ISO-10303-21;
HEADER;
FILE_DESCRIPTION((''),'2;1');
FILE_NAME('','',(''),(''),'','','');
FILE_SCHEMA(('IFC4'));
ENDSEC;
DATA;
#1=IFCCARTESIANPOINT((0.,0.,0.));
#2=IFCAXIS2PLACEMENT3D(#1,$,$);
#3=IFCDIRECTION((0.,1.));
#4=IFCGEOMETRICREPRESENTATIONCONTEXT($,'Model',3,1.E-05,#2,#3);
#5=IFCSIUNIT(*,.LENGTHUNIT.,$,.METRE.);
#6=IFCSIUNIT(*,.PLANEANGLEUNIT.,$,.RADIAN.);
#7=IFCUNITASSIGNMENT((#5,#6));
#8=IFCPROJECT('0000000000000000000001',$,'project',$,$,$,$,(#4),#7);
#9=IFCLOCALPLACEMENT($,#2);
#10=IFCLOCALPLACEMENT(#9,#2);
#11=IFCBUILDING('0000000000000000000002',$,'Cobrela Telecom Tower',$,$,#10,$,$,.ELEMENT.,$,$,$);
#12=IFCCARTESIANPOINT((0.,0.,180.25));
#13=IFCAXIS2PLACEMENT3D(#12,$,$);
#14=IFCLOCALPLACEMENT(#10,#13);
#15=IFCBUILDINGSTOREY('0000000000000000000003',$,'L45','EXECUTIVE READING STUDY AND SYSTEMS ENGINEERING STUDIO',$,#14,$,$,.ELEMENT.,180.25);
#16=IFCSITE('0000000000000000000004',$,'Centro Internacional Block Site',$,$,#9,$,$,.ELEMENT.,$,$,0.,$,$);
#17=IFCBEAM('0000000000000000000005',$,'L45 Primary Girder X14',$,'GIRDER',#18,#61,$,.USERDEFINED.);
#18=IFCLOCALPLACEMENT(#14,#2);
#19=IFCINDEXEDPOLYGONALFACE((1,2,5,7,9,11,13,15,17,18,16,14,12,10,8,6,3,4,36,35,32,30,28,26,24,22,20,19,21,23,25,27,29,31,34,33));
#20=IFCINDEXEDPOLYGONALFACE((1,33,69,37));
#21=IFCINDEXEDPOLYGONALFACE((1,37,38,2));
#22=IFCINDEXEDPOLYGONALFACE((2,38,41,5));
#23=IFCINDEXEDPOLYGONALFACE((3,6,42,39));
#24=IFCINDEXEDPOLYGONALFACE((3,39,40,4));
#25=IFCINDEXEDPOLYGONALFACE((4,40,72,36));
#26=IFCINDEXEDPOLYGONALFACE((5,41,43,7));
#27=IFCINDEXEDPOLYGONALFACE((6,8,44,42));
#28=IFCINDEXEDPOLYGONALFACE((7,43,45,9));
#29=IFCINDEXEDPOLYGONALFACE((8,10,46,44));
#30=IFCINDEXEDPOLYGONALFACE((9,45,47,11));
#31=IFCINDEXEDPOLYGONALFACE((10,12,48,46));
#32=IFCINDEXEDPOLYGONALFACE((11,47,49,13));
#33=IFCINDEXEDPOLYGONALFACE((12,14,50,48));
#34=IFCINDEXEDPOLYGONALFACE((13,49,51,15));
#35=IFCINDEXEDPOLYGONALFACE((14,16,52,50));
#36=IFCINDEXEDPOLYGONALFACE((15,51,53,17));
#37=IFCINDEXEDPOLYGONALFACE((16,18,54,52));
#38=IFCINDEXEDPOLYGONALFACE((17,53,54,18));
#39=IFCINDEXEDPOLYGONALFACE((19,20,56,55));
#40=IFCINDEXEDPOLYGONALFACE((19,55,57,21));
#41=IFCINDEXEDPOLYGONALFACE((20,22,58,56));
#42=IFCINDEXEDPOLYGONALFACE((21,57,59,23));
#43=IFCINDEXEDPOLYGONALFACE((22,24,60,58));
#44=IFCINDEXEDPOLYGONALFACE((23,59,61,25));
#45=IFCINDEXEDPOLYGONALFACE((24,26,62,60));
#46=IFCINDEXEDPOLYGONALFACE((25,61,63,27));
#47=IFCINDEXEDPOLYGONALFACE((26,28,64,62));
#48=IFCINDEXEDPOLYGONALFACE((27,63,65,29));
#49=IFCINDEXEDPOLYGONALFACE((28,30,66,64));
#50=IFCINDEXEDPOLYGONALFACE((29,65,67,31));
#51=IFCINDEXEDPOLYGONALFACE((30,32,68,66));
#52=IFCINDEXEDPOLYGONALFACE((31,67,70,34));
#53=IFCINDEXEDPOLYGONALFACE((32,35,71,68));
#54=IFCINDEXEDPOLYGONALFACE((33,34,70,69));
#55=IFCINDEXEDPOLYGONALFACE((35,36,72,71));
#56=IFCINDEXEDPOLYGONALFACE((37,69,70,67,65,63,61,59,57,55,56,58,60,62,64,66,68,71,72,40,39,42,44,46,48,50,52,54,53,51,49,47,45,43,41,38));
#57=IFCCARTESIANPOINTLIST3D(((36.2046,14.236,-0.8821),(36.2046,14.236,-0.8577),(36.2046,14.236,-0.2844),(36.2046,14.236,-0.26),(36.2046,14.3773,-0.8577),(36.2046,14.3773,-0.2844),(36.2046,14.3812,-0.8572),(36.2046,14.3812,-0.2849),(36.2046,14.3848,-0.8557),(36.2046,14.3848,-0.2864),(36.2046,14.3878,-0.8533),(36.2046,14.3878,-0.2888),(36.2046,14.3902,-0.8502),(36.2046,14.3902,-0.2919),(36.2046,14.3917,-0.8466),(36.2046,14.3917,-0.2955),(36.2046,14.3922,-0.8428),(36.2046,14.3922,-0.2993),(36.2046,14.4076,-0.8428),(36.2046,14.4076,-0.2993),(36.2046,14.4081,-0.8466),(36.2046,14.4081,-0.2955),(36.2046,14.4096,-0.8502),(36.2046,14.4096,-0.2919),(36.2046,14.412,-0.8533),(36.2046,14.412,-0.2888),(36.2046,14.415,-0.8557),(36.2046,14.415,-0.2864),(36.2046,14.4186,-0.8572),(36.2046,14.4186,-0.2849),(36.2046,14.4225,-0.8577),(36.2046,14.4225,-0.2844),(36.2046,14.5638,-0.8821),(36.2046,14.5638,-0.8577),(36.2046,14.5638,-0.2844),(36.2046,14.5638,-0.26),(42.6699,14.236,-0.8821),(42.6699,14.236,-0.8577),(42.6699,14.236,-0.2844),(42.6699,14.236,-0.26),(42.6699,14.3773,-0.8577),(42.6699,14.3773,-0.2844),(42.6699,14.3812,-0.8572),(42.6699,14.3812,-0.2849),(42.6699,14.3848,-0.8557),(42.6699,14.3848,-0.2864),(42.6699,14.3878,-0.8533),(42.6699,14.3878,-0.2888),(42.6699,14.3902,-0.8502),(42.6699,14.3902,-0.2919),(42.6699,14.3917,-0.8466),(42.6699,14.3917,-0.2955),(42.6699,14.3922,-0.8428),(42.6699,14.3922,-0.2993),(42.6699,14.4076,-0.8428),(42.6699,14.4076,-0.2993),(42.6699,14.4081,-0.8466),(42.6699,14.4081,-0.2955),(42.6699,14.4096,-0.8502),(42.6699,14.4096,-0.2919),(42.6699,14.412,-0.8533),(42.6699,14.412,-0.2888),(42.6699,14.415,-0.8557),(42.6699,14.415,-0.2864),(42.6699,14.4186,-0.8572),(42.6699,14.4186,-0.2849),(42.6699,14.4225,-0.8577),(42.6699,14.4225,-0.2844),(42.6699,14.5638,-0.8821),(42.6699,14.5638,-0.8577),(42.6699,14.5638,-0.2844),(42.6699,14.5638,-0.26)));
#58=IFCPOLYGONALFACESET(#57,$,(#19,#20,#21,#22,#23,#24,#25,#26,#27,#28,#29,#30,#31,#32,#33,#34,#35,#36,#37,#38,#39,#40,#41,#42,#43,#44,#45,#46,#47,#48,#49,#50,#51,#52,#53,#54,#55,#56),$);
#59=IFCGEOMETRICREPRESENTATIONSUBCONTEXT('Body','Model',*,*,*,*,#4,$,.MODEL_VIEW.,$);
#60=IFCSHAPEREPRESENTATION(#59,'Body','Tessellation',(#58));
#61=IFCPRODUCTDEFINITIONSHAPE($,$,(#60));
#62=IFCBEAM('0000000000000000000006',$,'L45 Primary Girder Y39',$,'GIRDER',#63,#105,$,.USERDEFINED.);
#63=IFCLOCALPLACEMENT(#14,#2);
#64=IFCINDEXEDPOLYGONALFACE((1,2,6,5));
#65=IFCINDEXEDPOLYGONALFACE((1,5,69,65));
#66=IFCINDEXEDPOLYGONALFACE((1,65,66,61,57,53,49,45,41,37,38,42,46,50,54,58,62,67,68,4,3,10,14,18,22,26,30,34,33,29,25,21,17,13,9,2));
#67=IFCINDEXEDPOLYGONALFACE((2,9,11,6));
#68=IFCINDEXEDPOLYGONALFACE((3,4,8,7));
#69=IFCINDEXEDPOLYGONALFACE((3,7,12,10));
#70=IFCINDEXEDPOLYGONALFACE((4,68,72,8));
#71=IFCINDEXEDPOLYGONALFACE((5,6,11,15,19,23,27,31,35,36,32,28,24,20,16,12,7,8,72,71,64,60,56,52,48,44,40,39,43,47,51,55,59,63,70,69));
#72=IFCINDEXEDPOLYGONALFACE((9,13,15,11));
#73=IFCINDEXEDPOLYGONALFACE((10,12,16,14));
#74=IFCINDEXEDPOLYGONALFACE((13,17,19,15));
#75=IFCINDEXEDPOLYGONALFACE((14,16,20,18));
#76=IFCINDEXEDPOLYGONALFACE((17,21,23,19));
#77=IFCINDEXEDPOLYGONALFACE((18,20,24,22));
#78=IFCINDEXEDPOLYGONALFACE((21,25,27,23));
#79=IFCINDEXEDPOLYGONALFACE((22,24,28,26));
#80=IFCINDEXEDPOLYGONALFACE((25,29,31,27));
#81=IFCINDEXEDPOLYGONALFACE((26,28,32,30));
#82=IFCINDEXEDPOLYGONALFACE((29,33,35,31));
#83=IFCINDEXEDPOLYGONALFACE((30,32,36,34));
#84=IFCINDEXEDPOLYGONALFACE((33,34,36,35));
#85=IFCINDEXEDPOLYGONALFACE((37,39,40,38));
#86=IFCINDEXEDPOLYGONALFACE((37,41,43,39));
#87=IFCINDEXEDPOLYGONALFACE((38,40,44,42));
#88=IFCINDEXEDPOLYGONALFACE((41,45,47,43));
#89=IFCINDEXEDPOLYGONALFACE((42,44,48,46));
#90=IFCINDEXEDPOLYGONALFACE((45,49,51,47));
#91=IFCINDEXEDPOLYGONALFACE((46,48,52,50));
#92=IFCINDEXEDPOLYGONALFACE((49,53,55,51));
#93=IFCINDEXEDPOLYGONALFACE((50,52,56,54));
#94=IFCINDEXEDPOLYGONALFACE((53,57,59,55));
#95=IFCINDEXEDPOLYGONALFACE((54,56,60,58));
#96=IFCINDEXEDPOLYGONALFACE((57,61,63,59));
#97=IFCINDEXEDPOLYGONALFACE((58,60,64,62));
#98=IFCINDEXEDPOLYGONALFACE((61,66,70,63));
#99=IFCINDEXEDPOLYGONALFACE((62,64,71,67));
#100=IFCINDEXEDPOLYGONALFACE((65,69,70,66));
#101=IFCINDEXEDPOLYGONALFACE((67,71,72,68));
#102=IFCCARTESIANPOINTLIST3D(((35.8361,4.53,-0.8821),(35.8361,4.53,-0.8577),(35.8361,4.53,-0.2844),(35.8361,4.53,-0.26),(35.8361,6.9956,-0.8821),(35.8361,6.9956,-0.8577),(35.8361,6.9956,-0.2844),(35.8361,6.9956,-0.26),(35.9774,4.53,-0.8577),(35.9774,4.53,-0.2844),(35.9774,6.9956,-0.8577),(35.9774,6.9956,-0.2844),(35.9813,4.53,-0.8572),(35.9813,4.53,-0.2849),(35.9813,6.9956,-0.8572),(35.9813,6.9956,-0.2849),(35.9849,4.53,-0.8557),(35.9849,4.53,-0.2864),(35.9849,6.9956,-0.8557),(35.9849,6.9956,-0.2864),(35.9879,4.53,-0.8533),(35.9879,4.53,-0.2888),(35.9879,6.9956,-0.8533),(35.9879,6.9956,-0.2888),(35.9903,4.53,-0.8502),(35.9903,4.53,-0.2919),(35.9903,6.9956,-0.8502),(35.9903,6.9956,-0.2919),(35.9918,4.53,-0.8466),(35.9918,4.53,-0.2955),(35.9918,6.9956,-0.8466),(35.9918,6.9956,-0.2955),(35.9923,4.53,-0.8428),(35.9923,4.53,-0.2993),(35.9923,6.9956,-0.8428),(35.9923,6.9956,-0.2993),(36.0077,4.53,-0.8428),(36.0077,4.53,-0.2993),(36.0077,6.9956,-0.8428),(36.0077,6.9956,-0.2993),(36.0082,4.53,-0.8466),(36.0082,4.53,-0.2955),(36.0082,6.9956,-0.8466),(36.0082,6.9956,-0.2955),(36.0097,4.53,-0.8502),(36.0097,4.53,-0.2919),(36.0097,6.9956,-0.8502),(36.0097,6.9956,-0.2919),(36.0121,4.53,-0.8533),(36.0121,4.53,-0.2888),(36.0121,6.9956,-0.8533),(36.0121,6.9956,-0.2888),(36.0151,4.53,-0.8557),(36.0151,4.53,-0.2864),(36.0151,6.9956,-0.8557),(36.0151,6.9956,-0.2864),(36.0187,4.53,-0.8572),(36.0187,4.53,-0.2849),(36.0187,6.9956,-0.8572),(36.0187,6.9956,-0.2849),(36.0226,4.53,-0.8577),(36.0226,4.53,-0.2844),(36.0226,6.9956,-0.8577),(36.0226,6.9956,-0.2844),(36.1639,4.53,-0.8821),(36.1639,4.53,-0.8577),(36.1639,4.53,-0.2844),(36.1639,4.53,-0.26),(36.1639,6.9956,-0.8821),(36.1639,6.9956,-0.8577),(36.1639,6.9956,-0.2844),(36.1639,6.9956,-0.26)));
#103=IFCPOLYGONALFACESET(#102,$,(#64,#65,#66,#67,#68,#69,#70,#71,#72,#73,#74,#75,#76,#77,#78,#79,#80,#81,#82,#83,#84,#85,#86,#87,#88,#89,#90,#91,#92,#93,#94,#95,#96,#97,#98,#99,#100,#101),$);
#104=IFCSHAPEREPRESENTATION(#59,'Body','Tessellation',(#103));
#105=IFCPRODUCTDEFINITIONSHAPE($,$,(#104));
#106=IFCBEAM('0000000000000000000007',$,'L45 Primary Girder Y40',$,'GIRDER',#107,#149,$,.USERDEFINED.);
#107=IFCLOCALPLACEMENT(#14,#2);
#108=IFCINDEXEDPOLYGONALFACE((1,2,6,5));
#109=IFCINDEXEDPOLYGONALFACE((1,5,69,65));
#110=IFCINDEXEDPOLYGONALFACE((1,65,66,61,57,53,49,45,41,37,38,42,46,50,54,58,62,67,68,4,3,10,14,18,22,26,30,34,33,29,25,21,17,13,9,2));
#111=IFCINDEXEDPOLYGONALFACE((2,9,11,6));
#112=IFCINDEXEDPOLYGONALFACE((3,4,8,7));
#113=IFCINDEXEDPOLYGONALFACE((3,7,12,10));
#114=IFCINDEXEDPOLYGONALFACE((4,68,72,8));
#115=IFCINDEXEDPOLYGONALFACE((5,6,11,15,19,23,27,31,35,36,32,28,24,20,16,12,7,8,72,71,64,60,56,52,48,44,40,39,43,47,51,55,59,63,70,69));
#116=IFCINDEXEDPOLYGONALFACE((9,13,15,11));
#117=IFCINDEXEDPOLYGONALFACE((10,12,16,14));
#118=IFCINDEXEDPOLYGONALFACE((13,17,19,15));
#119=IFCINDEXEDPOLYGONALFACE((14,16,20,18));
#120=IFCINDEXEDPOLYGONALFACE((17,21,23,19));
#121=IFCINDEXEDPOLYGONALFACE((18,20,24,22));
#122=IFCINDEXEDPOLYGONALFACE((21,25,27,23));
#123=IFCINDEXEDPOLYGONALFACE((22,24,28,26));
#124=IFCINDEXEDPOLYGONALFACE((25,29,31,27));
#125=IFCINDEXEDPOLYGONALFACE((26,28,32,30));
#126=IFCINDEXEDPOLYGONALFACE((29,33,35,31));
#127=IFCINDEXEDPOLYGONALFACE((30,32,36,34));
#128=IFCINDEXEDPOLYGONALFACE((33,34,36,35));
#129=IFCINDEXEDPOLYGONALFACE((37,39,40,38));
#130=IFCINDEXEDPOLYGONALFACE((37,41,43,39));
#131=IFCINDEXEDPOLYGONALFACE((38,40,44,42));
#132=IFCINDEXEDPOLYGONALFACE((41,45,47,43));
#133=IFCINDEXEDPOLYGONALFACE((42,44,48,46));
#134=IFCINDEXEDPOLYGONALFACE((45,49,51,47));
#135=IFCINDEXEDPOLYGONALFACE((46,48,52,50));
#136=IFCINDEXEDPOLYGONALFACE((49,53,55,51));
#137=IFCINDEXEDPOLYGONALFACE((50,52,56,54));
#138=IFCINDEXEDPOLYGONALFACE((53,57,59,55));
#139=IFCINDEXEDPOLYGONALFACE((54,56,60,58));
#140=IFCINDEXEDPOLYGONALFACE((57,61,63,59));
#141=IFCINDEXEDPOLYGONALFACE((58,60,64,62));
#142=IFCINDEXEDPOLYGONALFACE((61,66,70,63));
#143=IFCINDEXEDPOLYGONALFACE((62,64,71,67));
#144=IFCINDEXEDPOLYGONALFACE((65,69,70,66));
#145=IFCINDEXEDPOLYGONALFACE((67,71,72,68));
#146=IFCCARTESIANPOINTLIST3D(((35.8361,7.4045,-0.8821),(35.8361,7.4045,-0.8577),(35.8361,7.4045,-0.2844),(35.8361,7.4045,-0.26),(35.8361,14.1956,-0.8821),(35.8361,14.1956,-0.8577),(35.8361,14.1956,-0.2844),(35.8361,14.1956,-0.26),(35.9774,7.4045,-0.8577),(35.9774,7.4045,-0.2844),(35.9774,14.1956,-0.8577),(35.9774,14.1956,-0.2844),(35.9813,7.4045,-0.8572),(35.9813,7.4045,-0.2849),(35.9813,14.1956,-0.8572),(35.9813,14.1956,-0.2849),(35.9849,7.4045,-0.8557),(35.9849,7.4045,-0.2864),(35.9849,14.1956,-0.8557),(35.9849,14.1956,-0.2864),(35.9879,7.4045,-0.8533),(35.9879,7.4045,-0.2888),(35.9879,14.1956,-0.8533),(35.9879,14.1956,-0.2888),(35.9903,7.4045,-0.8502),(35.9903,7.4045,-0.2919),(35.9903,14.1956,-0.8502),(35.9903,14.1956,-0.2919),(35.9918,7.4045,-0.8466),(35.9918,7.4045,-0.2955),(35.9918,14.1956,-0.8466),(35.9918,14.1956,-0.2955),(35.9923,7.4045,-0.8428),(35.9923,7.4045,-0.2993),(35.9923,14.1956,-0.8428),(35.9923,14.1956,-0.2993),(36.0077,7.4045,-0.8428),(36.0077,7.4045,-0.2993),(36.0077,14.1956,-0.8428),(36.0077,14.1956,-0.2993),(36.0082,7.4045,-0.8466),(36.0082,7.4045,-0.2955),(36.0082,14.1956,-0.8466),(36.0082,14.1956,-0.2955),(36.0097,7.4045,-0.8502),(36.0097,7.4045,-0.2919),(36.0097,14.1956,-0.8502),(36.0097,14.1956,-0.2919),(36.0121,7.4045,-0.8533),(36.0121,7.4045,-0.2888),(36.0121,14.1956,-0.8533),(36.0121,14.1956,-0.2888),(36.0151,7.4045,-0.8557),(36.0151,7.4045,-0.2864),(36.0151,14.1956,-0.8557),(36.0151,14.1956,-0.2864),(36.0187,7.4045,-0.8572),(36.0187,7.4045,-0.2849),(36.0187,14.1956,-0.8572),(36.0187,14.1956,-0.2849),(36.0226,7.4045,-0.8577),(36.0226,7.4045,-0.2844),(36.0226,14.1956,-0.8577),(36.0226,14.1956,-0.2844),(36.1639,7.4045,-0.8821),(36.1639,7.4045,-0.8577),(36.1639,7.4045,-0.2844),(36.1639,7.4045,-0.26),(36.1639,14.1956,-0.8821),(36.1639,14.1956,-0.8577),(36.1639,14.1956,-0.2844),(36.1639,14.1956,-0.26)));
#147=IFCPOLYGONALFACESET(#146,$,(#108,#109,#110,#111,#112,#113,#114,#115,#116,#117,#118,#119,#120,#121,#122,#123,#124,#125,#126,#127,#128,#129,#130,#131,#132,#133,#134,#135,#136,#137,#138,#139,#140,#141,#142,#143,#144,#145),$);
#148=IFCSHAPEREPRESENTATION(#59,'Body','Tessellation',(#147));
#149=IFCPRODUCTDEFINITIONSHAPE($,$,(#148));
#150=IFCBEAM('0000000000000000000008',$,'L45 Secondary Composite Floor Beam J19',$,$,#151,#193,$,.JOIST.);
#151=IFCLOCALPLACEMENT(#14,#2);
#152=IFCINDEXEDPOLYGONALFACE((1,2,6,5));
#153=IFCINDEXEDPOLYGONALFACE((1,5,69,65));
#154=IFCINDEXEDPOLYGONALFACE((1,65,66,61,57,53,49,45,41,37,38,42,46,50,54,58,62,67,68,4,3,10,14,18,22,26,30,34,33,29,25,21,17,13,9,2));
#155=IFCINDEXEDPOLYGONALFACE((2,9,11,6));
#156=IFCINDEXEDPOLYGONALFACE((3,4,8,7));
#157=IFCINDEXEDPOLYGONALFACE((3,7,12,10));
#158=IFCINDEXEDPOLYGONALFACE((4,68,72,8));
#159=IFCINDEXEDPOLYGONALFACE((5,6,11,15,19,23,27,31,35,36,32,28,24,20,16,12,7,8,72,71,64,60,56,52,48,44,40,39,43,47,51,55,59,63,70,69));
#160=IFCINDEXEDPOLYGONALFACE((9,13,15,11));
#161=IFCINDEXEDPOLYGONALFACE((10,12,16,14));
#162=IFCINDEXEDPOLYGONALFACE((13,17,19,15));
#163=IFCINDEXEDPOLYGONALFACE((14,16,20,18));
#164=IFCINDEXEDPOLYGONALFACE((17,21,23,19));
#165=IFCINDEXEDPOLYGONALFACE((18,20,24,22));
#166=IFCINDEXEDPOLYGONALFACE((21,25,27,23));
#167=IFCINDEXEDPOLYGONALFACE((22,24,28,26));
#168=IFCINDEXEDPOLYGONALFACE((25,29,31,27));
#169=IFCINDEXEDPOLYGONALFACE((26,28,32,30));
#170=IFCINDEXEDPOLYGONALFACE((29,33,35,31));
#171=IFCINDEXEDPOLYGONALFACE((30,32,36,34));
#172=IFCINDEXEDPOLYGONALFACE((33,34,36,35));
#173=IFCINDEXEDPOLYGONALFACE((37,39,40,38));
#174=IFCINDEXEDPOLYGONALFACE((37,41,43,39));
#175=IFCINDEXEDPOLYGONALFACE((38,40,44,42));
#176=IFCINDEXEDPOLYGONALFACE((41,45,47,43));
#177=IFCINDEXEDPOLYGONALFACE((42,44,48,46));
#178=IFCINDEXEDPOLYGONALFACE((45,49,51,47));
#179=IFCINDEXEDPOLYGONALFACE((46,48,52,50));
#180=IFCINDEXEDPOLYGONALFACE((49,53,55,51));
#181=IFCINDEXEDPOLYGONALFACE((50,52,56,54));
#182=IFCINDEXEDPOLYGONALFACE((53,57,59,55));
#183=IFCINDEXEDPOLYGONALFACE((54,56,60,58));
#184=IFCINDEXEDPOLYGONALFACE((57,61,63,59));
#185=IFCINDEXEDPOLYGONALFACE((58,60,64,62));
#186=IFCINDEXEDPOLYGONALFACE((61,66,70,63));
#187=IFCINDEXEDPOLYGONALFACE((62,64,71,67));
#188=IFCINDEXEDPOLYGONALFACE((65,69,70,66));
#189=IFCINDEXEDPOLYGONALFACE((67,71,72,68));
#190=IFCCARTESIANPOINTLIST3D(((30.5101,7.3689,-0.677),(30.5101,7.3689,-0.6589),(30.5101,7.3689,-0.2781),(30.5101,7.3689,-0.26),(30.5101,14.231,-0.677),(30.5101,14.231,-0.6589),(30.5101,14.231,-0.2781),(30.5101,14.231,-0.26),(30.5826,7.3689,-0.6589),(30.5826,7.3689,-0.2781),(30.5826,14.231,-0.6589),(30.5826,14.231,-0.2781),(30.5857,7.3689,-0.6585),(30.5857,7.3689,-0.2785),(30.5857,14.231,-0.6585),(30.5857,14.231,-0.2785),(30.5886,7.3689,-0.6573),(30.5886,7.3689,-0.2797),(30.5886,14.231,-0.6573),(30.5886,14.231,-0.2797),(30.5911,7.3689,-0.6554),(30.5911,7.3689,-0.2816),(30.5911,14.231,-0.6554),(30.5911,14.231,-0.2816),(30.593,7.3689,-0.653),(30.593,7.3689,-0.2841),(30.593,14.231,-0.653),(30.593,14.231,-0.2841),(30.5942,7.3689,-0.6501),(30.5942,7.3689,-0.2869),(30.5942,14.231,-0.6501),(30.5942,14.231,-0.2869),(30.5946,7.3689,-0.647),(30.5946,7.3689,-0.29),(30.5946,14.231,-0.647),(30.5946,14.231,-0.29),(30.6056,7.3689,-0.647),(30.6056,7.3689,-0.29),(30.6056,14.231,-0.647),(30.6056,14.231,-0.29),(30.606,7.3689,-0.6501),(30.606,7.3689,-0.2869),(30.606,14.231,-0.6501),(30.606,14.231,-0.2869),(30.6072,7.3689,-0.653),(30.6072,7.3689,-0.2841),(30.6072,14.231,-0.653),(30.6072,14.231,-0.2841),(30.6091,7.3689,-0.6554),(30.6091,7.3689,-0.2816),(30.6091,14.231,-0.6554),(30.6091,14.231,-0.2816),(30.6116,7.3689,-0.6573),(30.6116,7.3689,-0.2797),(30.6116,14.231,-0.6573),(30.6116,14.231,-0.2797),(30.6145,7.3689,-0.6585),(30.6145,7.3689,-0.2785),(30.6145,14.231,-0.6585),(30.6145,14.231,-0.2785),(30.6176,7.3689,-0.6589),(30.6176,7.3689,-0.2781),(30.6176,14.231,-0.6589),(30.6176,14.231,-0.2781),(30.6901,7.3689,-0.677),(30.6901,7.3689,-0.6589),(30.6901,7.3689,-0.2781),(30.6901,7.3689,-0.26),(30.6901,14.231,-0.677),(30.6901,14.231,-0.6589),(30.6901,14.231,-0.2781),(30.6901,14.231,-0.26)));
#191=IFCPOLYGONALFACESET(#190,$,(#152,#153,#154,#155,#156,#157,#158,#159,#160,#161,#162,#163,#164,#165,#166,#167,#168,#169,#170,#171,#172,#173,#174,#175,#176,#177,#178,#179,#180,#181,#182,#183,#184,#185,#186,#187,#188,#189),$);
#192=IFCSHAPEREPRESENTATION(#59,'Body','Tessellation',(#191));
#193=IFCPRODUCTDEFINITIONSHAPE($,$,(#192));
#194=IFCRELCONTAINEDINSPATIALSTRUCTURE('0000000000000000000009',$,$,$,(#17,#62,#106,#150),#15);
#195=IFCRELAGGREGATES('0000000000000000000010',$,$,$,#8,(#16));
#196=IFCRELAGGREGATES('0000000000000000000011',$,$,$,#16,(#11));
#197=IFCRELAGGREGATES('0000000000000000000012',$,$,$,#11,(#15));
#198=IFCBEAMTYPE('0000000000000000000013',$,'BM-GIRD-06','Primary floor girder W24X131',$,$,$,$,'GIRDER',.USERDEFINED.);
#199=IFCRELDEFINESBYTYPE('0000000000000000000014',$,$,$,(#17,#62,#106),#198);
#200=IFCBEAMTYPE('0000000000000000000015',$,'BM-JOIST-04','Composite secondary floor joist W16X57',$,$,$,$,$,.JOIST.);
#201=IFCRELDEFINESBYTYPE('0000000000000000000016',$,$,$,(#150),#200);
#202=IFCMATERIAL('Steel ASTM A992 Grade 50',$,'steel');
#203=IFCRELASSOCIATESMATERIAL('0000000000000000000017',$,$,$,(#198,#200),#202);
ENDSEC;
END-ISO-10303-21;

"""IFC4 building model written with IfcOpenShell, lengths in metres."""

from ifc_helpers import new_model, si_unit, direction, frame, origin, origin_2d, place, context, subcontext, project, spatial, i_section, extrude, material, material_profile, profile_set, type_object, element, save


model = new_model("IFC4")

# Units and contexts
model_context = context("Model", 3, precision=1e-05, world=origin(), true_north=direction((0.0, 1.0)))
body_context = subcontext(model_context, "Body", "Model", "MODEL_VIEW")
ifc_project = project(units=[si_unit("LENGTHUNIT", "METRE"), si_unit("PLANEANGLEUNIT", "RADIAN")], contexts=[model_context])

# Site, building, storey
site_placement = place(None, origin())
site = spatial("IfcSite", under=ifc_project, at=site_placement, Name="Centro Internacional Block Site", CompositionType="ELEMENT", RefElevation=0.0)
building_placement = place(site_placement, origin())
building = spatial("IfcBuilding", under=site, at=building_placement, Name="Cobrela Telecom Tower", CompositionType="ELEMENT")
storey_placement = place(building_placement, frame((0.0, 0.0, 180.25)))
storey = spatial("IfcBuildingStorey", under=building, at=storey_placement, Name="L45", Description="EXECUTIVE READING STUDY AND SYSTEMS ENGINEERING STUDIO", CompositionType="ELEMENT", Elevation=180.25)

# Shared definitions
ifc_material_1 = material(Name="Steel ASTM A992 Grade 50", Category="steel")

# Beams
ifc_material_profile_1 = material_profile(ifc_material_1, i_section(OverallWidth=0.3279, OverallDepth=0.6221, WebThickness=0.0154, FlangeThickness=0.0244, FilletRadius=0.0149, at=origin_2d()), Name="W24X131")
ifc_profile_set_1 = profile_set([ifc_material_profile_1], Name="Steel ASTM A992 Grade 50")
beam_type_1 = type_object("IfcBeamType", Name="BM-GIRD-06", Description="Primary floor girder W24X131", ElementType="GIRDER", PredefinedType="USERDEFINED", material=ifc_profile_set_1)
for number, where, z_axis, x_axis, name in (
    (1, (36.2046, 14.3999, -0.571), (1.0, 0.0, 0.0), (0.0, 1.0, 0.0), "L45 Primary Girder X14"),
):
    element("IfcBeam", number, at=place(storey_placement, frame(where, z_axis=z_axis, x_axis=x_axis)), inside=storey, type_object=beam_type_1, Name=name, ObjectType="GIRDER", PredefinedType="USERDEFINED", context=body_context, shape_type="SweptSolid", body=[
        extrude(i_section(OverallWidth=0.3279, OverallDepth=0.6221, WebThickness=0.0154, FlangeThickness=0.0244, FilletRadius=0.0149, at=origin_2d()), origin(), (0.0, 0.0, 1.0), 6.4653),
    ])
beam_1_placement = place(storey_placement, frame((36.0, 4.53, -0.571), z_axis=(0.0, 1.0, 0.0), x_axis=(-1.0, 0.0, 0.0)))
element("IfcBeam", 2, at=beam_1_placement, inside=storey, type_object=beam_type_1, Name="L45 Primary Girder Y39", ObjectType="GIRDER", PredefinedType="USERDEFINED", context=body_context, shape_type="SweptSolid", body=[
    extrude(i_section(OverallWidth=0.3279, OverallDepth=0.6221, WebThickness=0.0154, FlangeThickness=0.0244, FilletRadius=0.0149, at=origin_2d()), origin(), (0.0, 0.0, 1.0), 2.4656),
])
beam_2_placement = place(storey_placement, frame((36.0, 7.4045, -0.571), z_axis=(0.0, 1.0, 0.0), x_axis=(-1.0, 0.0, 0.0)))
element("IfcBeam", 3, at=beam_2_placement, inside=storey, type_object=beam_type_1, Name="L45 Primary Girder Y40", ObjectType="GIRDER", PredefinedType="USERDEFINED", context=body_context, shape_type="SweptSolid", body=[
    extrude(i_section(OverallWidth=0.3279, OverallDepth=0.6221, WebThickness=0.0154, FlangeThickness=0.0244, FilletRadius=0.0149, at=origin_2d()), origin(), (0.0, 0.0, 1.0), 6.791),
])
ifc_material_profile_2 = material_profile(ifc_material_1, i_section(OverallWidth=0.1799, OverallDepth=0.417, WebThickness=0.011, FlangeThickness=0.0181, FilletRadius=0.012, at=origin_2d()), Name="W16X57")
ifc_profile_set_2 = profile_set([ifc_material_profile_2], Name="Steel ASTM A992 Grade 50")
beam_type_2 = type_object("IfcBeamType", Name="BM-JOIST-04", Description="Composite secondary floor joist W16X57", PredefinedType="JOIST", material=ifc_profile_set_2)
for number, where, z_axis, x_axis, name in (
    (4, (30.6001, 7.3689, -0.4685), (0.0, 1.0, 0.0), (-1.0, 0.0, 0.0), "L45 Secondary Composite Floor Beam J19"),
):
    element("IfcBeam", number, at=place(storey_placement, frame(where, z_axis=z_axis, x_axis=x_axis)), inside=storey, type_object=beam_type_2, Name=name, PredefinedType="JOIST", context=body_context, shape_type="SweptSolid", body=[
        extrude(i_section(OverallWidth=0.1799, OverallDepth=0.417, WebThickness=0.011, FlangeThickness=0.0181, FilletRadius=0.012, at=origin_2d()), origin(), (0.0, 0.0, 1.0), 6.8621),
    ])

save(model, "model.ifc")
